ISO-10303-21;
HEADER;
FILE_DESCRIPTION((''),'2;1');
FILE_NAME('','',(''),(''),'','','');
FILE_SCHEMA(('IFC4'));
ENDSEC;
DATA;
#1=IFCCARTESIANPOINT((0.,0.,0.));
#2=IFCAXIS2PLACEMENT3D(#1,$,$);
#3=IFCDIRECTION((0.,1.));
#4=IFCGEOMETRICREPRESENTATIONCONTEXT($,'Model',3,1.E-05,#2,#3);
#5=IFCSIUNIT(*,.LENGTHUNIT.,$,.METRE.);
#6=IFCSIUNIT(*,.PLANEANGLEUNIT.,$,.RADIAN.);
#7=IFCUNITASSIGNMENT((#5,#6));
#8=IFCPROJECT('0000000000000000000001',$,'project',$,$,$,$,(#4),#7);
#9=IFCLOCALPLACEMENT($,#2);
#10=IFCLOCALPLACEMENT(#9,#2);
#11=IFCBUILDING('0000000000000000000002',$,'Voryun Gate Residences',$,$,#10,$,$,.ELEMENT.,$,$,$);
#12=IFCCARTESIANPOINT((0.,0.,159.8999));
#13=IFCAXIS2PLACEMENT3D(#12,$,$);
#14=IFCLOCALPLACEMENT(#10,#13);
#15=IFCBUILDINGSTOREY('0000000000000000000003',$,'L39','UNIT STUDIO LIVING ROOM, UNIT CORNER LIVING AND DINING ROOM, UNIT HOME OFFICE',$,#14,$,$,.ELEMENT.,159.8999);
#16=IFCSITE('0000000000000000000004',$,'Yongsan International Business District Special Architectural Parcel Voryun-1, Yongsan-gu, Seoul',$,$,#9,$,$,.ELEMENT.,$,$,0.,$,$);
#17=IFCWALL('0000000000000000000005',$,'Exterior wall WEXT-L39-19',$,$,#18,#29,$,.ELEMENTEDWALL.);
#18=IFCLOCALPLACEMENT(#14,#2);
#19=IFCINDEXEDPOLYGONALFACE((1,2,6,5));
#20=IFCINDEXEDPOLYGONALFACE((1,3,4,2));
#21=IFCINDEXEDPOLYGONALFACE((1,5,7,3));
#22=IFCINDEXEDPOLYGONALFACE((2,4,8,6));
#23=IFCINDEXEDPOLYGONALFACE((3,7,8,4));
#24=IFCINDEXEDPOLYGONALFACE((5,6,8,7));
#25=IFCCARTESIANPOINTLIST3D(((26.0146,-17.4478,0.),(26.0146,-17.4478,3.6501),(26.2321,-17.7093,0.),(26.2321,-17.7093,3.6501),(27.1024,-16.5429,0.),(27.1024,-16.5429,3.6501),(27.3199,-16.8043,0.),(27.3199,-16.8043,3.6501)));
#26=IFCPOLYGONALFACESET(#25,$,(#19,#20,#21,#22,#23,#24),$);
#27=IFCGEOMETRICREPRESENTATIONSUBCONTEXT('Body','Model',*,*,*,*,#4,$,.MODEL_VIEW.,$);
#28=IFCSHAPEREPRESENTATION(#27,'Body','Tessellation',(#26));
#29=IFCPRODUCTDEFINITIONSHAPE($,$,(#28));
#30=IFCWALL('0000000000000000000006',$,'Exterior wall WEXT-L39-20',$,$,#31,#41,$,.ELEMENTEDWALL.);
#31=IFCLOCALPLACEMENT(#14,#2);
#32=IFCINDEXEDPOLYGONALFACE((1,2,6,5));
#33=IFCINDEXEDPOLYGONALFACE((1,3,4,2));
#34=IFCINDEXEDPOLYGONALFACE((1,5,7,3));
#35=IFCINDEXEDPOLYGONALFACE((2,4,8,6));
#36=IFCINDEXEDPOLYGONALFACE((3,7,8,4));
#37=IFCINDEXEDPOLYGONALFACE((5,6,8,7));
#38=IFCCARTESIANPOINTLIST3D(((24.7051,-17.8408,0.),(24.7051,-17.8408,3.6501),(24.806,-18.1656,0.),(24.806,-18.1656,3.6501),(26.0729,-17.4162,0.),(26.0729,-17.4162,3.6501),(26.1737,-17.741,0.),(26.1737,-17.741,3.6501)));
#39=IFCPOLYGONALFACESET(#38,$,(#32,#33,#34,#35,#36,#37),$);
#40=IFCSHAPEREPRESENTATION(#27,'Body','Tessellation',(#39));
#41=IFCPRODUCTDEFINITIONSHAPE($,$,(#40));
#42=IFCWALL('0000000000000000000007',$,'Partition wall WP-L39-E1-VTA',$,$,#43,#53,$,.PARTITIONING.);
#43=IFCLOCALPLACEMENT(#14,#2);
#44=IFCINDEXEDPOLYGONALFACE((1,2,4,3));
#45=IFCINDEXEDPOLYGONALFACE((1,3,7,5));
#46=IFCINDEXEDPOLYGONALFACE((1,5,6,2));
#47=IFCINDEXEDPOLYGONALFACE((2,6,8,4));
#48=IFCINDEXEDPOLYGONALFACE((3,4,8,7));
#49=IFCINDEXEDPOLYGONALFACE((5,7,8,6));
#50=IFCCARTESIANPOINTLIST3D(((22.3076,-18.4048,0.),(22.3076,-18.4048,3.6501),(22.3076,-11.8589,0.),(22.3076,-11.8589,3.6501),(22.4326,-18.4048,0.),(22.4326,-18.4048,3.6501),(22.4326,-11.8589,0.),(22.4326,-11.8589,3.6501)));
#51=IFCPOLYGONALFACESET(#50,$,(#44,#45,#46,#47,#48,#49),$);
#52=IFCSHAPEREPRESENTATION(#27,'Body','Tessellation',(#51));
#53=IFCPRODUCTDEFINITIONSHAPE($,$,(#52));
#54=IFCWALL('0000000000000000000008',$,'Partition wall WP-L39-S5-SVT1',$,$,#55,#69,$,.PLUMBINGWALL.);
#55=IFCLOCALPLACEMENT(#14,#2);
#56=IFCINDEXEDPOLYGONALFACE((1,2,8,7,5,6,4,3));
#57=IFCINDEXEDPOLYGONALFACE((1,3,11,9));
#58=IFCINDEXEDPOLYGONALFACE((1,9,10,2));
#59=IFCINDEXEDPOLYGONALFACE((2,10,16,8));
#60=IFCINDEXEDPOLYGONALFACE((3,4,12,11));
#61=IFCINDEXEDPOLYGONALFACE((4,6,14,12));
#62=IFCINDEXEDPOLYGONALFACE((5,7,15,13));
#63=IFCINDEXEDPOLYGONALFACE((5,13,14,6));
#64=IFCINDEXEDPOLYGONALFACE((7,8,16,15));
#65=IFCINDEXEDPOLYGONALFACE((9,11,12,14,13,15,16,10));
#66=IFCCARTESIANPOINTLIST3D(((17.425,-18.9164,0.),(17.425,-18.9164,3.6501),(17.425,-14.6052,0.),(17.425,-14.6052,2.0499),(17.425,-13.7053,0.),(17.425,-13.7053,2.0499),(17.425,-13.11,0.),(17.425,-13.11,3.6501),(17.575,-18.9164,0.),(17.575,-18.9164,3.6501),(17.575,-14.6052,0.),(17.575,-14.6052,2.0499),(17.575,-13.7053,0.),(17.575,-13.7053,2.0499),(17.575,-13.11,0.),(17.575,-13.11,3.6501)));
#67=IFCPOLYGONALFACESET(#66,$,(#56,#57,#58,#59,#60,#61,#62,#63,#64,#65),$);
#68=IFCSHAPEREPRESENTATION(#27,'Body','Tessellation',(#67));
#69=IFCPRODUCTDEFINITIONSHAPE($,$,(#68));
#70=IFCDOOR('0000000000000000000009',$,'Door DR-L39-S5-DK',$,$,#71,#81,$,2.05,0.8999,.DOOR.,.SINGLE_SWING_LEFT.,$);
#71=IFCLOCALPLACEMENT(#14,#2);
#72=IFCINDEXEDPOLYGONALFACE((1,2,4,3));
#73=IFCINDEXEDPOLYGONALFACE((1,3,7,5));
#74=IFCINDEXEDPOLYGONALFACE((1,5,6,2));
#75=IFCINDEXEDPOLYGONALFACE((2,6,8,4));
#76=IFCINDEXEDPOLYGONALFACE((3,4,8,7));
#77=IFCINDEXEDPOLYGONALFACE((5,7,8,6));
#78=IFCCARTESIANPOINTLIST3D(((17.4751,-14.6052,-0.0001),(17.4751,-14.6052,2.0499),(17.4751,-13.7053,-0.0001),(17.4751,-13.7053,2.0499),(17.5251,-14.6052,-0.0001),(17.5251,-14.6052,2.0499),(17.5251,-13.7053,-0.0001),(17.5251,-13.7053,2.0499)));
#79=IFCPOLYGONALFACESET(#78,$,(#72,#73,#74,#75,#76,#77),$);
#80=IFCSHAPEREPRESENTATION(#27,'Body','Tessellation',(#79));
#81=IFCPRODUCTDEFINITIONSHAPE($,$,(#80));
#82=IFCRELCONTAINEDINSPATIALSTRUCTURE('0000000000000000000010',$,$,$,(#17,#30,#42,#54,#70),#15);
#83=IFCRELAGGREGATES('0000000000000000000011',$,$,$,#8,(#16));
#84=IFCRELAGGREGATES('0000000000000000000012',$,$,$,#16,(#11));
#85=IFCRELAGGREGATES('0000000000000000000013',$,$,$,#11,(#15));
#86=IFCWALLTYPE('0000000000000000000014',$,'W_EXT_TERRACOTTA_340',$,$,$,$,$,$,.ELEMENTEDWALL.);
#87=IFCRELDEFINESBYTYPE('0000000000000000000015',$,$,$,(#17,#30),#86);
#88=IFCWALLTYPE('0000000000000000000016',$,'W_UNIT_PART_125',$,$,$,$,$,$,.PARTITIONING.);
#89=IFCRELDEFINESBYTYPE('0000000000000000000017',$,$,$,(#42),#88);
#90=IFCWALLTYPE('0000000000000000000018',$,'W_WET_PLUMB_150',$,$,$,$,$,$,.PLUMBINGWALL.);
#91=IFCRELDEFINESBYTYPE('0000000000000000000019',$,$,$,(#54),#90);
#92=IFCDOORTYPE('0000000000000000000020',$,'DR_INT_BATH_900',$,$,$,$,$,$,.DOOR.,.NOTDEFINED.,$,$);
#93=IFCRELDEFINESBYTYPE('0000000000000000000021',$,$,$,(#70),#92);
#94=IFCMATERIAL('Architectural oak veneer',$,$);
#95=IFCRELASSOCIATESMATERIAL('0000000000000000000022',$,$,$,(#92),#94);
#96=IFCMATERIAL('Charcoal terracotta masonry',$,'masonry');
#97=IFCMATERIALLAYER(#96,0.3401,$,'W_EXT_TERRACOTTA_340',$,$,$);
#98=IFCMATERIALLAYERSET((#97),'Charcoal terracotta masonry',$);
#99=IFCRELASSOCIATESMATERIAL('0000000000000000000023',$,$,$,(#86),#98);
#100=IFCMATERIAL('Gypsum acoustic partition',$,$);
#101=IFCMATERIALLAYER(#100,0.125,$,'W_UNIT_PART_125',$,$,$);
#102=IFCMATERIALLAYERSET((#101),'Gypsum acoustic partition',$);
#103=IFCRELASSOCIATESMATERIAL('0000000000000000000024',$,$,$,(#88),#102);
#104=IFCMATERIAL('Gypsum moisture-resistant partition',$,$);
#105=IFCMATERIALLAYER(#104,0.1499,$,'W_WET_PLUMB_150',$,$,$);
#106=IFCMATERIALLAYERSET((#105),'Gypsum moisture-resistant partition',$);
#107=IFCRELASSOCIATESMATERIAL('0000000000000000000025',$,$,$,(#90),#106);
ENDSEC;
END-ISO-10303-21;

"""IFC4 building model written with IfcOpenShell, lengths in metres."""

from ifc_helpers import new_model, si_unit, direction, frame, frame_2d, origin, place, context, subcontext, project, spatial, rectangle, extrude, material, layer, layer_set, type_object, element, fill, save


model = new_model("IFC4")

# Units and contexts
model_context = context("Model", 3, precision=1e-05, world=origin(), true_north=direction((0.0, 1.0)))
body_context = subcontext(model_context, "Body", "Model", "MODEL_VIEW")
ifc_project = project(units=[si_unit("LENGTHUNIT", "METRE"), si_unit("PLANEANGLEUNIT", "RADIAN")], contexts=[model_context])

# Site, building, storey
site_placement = place(None, origin())
site = spatial("IfcSite", under=ifc_project, at=site_placement, Name="Yongsan International Business District Special Architectural Parcel Voryun-1, Yongsan-gu, Seoul", CompositionType="ELEMENT", RefElevation=0.0)
building_placement = place(site_placement, origin())
building = spatial("IfcBuilding", under=site, at=building_placement, Name="Voryun Gate Residences", CompositionType="ELEMENT")
storey_placement = place(building_placement, frame((0.0, 0.0, 159.8999)))
storey = spatial("IfcBuildingStorey", under=building, at=storey_placement, Name="L39", Description="UNIT STUDIO LIVING ROOM, UNIT CORNER LIVING AND DINING ROOM, UNIT HOME OFFICE", CompositionType="ELEMENT", Elevation=159.8999)

# Shared definitions
ifc_material_1 = material(Name="Architectural oak veneer")
door_type = type_object("IfcDoorType", Name="DR_INT_BATH_900", OperationType="NOTDEFINED", PredefinedType="DOOR", material=ifc_material_1)

# Shared definitions
ifc_material_2 = material(Name="Charcoal terracotta masonry", Category="masonry")
ifc_layer_1 = layer(ifc_material_2, 0.3401, Name="W_EXT_TERRACOTTA_340")
ifc_layer_set_1 = layer_set([ifc_layer_1], Name="Charcoal terracotta masonry")
wall_type_1 = type_object("IfcWallType", Name="W_EXT_TERRACOTTA_340", PredefinedType="ELEMENTEDWALL", material=ifc_layer_set_1)

# Walls
wall_1_placement = place(storey_placement, frame((27.2112, -16.6736, 0.0), z_axis=(0.0, 0.0, 1.0), x_axis=(-0.768758, -0.639539, 0.0)))
element("IfcWall", 1, at=wall_1_placement, inside=storey, type_object=wall_type_1, Name="Exterior wall WEXT-L39-19", PredefinedType="ELEMENTEDWALL", context=body_context, shape_type="SweptSolid", body=[
    extrude(rectangle(XDim=1.415, YDim=0.3401, at=frame_2d((0.7075, 0.0))), origin(), (0.0, 0.0, 1.0), 3.6501),
])
wall_2_placement = place(storey_placement, frame((26.1233, -17.5786, 0.0), z_axis=(0.0, 0.0, 1.0), x_axis=(-0.955043, -0.296469, 0.0)))
element("IfcWall", 2, at=wall_2_placement, inside=storey, type_object=wall_type_1, Name="Exterior wall WEXT-L39-20", PredefinedType="ELEMENTEDWALL", context=body_context, shape_type="SweptSolid", body=[
    extrude(rectangle(XDim=1.4321, YDim=0.3401, at=frame_2d((0.7161, 0.0))), origin(), (0.0, 0.0, 1.0), 3.6501),
])
ifc_material_3 = material(Name="Gypsum acoustic partition")
ifc_layer_2 = layer(ifc_material_3, 0.125, Name="W_UNIT_PART_125")
ifc_layer_set_2 = layer_set([ifc_layer_2], Name="Gypsum acoustic partition")
wall_type_2 = type_object("IfcWallType", Name="W_UNIT_PART_125", PredefinedType="PARTITIONING", material=ifc_layer_set_2)
wall_3_placement = place(storey_placement, frame((22.3701, -18.4048, 0.0), z_axis=(0.0, 0.0, 1.0), x_axis=(0.0, 1.0, 0.0)))
element("IfcWall", 3, at=wall_3_placement, inside=storey, type_object=wall_type_2, Name="Partition wall WP-L39-E1-VTA", PredefinedType="PARTITIONING", context=body_context, shape_type="SweptSolid", body=[
    extrude(rectangle(XDim=6.5459, YDim=0.125, at=frame_2d((3.2729, 0.0))), origin(), (0.0, 0.0, 1.0), 3.6501),
])

# Wall, opening, door
ifc_material_4 = material(Name="Gypsum moisture-resistant partition")
ifc_layer_3 = layer(ifc_material_4, 0.1499, Name="W_WET_PLUMB_150")
ifc_layer_set_3 = layer_set([ifc_layer_3], Name="Gypsum moisture-resistant partition")
wall_type_3 = type_object("IfcWallType", Name="W_WET_PLUMB_150", PredefinedType="PLUMBINGWALL", material=ifc_layer_set_3)
wall_4_placement = place(storey_placement, frame((17.5, -18.9165, 0.0), z_axis=(0.0, 0.0, 1.0), x_axis=(0.0, 1.0, 0.0)))
wall_4 = element("IfcWall", 4, at=wall_4_placement, inside=storey, type_object=wall_type_3, Name="Partition wall WP-L39-S5-SVT1", PredefinedType="PLUMBINGWALL", context=body_context, shape_type="SweptSolid", body=[
    extrude(rectangle(XDim=5.8064, YDim=0.1499, at=frame_2d((2.9033, 0.0))), origin(), (0.0, 0.0, 1.0), 3.6501),
])
opening_1_placement = place(wall_4_placement, frame((4.3113, 0.0, 0.0)))
opening_1 = element("IfcOpeningElement", 5, at=opening_1_placement, cuts=wall_4, PredefinedType="OPENING", context=body_context, shape_type="SweptSolid", body=[
    extrude(rectangle(XDim=0.8999, YDim=2.05, at=frame_2d((0.45, 1.0249))), frame((0.0, 0.085, 0.0), z_axis=(0.0, -1.0, 0.0), x_axis=(1.0, 0.0, 0.0)), (0.0, 0.0, 1.0), 0.1699),
])
door_1_placement = place(opening_1_placement, origin())
door_1 = element("IfcDoor", 6, at=door_1_placement, inside=storey, type_object=door_type, Name="Door DR-L39-S5-DK", OperationType="SINGLE_SWING_LEFT", OverallHeight=2.05, OverallWidth=0.8999, PredefinedType="DOOR", context=body_context, shape_type="SweptSolid", body=[
    extrude(rectangle(XDim=0.8999, YDim=2.05, at=frame_2d((0.45, 1.0249))), frame((0.0, 0.0249, 0.0), z_axis=(0.0, -1.0, 0.0), x_axis=(1.0, 0.0, 0.0)), (0.0, 0.0, 1.0), 0.05),
])
fill(opening_1, door_1)

save(model, "model.ifc")
